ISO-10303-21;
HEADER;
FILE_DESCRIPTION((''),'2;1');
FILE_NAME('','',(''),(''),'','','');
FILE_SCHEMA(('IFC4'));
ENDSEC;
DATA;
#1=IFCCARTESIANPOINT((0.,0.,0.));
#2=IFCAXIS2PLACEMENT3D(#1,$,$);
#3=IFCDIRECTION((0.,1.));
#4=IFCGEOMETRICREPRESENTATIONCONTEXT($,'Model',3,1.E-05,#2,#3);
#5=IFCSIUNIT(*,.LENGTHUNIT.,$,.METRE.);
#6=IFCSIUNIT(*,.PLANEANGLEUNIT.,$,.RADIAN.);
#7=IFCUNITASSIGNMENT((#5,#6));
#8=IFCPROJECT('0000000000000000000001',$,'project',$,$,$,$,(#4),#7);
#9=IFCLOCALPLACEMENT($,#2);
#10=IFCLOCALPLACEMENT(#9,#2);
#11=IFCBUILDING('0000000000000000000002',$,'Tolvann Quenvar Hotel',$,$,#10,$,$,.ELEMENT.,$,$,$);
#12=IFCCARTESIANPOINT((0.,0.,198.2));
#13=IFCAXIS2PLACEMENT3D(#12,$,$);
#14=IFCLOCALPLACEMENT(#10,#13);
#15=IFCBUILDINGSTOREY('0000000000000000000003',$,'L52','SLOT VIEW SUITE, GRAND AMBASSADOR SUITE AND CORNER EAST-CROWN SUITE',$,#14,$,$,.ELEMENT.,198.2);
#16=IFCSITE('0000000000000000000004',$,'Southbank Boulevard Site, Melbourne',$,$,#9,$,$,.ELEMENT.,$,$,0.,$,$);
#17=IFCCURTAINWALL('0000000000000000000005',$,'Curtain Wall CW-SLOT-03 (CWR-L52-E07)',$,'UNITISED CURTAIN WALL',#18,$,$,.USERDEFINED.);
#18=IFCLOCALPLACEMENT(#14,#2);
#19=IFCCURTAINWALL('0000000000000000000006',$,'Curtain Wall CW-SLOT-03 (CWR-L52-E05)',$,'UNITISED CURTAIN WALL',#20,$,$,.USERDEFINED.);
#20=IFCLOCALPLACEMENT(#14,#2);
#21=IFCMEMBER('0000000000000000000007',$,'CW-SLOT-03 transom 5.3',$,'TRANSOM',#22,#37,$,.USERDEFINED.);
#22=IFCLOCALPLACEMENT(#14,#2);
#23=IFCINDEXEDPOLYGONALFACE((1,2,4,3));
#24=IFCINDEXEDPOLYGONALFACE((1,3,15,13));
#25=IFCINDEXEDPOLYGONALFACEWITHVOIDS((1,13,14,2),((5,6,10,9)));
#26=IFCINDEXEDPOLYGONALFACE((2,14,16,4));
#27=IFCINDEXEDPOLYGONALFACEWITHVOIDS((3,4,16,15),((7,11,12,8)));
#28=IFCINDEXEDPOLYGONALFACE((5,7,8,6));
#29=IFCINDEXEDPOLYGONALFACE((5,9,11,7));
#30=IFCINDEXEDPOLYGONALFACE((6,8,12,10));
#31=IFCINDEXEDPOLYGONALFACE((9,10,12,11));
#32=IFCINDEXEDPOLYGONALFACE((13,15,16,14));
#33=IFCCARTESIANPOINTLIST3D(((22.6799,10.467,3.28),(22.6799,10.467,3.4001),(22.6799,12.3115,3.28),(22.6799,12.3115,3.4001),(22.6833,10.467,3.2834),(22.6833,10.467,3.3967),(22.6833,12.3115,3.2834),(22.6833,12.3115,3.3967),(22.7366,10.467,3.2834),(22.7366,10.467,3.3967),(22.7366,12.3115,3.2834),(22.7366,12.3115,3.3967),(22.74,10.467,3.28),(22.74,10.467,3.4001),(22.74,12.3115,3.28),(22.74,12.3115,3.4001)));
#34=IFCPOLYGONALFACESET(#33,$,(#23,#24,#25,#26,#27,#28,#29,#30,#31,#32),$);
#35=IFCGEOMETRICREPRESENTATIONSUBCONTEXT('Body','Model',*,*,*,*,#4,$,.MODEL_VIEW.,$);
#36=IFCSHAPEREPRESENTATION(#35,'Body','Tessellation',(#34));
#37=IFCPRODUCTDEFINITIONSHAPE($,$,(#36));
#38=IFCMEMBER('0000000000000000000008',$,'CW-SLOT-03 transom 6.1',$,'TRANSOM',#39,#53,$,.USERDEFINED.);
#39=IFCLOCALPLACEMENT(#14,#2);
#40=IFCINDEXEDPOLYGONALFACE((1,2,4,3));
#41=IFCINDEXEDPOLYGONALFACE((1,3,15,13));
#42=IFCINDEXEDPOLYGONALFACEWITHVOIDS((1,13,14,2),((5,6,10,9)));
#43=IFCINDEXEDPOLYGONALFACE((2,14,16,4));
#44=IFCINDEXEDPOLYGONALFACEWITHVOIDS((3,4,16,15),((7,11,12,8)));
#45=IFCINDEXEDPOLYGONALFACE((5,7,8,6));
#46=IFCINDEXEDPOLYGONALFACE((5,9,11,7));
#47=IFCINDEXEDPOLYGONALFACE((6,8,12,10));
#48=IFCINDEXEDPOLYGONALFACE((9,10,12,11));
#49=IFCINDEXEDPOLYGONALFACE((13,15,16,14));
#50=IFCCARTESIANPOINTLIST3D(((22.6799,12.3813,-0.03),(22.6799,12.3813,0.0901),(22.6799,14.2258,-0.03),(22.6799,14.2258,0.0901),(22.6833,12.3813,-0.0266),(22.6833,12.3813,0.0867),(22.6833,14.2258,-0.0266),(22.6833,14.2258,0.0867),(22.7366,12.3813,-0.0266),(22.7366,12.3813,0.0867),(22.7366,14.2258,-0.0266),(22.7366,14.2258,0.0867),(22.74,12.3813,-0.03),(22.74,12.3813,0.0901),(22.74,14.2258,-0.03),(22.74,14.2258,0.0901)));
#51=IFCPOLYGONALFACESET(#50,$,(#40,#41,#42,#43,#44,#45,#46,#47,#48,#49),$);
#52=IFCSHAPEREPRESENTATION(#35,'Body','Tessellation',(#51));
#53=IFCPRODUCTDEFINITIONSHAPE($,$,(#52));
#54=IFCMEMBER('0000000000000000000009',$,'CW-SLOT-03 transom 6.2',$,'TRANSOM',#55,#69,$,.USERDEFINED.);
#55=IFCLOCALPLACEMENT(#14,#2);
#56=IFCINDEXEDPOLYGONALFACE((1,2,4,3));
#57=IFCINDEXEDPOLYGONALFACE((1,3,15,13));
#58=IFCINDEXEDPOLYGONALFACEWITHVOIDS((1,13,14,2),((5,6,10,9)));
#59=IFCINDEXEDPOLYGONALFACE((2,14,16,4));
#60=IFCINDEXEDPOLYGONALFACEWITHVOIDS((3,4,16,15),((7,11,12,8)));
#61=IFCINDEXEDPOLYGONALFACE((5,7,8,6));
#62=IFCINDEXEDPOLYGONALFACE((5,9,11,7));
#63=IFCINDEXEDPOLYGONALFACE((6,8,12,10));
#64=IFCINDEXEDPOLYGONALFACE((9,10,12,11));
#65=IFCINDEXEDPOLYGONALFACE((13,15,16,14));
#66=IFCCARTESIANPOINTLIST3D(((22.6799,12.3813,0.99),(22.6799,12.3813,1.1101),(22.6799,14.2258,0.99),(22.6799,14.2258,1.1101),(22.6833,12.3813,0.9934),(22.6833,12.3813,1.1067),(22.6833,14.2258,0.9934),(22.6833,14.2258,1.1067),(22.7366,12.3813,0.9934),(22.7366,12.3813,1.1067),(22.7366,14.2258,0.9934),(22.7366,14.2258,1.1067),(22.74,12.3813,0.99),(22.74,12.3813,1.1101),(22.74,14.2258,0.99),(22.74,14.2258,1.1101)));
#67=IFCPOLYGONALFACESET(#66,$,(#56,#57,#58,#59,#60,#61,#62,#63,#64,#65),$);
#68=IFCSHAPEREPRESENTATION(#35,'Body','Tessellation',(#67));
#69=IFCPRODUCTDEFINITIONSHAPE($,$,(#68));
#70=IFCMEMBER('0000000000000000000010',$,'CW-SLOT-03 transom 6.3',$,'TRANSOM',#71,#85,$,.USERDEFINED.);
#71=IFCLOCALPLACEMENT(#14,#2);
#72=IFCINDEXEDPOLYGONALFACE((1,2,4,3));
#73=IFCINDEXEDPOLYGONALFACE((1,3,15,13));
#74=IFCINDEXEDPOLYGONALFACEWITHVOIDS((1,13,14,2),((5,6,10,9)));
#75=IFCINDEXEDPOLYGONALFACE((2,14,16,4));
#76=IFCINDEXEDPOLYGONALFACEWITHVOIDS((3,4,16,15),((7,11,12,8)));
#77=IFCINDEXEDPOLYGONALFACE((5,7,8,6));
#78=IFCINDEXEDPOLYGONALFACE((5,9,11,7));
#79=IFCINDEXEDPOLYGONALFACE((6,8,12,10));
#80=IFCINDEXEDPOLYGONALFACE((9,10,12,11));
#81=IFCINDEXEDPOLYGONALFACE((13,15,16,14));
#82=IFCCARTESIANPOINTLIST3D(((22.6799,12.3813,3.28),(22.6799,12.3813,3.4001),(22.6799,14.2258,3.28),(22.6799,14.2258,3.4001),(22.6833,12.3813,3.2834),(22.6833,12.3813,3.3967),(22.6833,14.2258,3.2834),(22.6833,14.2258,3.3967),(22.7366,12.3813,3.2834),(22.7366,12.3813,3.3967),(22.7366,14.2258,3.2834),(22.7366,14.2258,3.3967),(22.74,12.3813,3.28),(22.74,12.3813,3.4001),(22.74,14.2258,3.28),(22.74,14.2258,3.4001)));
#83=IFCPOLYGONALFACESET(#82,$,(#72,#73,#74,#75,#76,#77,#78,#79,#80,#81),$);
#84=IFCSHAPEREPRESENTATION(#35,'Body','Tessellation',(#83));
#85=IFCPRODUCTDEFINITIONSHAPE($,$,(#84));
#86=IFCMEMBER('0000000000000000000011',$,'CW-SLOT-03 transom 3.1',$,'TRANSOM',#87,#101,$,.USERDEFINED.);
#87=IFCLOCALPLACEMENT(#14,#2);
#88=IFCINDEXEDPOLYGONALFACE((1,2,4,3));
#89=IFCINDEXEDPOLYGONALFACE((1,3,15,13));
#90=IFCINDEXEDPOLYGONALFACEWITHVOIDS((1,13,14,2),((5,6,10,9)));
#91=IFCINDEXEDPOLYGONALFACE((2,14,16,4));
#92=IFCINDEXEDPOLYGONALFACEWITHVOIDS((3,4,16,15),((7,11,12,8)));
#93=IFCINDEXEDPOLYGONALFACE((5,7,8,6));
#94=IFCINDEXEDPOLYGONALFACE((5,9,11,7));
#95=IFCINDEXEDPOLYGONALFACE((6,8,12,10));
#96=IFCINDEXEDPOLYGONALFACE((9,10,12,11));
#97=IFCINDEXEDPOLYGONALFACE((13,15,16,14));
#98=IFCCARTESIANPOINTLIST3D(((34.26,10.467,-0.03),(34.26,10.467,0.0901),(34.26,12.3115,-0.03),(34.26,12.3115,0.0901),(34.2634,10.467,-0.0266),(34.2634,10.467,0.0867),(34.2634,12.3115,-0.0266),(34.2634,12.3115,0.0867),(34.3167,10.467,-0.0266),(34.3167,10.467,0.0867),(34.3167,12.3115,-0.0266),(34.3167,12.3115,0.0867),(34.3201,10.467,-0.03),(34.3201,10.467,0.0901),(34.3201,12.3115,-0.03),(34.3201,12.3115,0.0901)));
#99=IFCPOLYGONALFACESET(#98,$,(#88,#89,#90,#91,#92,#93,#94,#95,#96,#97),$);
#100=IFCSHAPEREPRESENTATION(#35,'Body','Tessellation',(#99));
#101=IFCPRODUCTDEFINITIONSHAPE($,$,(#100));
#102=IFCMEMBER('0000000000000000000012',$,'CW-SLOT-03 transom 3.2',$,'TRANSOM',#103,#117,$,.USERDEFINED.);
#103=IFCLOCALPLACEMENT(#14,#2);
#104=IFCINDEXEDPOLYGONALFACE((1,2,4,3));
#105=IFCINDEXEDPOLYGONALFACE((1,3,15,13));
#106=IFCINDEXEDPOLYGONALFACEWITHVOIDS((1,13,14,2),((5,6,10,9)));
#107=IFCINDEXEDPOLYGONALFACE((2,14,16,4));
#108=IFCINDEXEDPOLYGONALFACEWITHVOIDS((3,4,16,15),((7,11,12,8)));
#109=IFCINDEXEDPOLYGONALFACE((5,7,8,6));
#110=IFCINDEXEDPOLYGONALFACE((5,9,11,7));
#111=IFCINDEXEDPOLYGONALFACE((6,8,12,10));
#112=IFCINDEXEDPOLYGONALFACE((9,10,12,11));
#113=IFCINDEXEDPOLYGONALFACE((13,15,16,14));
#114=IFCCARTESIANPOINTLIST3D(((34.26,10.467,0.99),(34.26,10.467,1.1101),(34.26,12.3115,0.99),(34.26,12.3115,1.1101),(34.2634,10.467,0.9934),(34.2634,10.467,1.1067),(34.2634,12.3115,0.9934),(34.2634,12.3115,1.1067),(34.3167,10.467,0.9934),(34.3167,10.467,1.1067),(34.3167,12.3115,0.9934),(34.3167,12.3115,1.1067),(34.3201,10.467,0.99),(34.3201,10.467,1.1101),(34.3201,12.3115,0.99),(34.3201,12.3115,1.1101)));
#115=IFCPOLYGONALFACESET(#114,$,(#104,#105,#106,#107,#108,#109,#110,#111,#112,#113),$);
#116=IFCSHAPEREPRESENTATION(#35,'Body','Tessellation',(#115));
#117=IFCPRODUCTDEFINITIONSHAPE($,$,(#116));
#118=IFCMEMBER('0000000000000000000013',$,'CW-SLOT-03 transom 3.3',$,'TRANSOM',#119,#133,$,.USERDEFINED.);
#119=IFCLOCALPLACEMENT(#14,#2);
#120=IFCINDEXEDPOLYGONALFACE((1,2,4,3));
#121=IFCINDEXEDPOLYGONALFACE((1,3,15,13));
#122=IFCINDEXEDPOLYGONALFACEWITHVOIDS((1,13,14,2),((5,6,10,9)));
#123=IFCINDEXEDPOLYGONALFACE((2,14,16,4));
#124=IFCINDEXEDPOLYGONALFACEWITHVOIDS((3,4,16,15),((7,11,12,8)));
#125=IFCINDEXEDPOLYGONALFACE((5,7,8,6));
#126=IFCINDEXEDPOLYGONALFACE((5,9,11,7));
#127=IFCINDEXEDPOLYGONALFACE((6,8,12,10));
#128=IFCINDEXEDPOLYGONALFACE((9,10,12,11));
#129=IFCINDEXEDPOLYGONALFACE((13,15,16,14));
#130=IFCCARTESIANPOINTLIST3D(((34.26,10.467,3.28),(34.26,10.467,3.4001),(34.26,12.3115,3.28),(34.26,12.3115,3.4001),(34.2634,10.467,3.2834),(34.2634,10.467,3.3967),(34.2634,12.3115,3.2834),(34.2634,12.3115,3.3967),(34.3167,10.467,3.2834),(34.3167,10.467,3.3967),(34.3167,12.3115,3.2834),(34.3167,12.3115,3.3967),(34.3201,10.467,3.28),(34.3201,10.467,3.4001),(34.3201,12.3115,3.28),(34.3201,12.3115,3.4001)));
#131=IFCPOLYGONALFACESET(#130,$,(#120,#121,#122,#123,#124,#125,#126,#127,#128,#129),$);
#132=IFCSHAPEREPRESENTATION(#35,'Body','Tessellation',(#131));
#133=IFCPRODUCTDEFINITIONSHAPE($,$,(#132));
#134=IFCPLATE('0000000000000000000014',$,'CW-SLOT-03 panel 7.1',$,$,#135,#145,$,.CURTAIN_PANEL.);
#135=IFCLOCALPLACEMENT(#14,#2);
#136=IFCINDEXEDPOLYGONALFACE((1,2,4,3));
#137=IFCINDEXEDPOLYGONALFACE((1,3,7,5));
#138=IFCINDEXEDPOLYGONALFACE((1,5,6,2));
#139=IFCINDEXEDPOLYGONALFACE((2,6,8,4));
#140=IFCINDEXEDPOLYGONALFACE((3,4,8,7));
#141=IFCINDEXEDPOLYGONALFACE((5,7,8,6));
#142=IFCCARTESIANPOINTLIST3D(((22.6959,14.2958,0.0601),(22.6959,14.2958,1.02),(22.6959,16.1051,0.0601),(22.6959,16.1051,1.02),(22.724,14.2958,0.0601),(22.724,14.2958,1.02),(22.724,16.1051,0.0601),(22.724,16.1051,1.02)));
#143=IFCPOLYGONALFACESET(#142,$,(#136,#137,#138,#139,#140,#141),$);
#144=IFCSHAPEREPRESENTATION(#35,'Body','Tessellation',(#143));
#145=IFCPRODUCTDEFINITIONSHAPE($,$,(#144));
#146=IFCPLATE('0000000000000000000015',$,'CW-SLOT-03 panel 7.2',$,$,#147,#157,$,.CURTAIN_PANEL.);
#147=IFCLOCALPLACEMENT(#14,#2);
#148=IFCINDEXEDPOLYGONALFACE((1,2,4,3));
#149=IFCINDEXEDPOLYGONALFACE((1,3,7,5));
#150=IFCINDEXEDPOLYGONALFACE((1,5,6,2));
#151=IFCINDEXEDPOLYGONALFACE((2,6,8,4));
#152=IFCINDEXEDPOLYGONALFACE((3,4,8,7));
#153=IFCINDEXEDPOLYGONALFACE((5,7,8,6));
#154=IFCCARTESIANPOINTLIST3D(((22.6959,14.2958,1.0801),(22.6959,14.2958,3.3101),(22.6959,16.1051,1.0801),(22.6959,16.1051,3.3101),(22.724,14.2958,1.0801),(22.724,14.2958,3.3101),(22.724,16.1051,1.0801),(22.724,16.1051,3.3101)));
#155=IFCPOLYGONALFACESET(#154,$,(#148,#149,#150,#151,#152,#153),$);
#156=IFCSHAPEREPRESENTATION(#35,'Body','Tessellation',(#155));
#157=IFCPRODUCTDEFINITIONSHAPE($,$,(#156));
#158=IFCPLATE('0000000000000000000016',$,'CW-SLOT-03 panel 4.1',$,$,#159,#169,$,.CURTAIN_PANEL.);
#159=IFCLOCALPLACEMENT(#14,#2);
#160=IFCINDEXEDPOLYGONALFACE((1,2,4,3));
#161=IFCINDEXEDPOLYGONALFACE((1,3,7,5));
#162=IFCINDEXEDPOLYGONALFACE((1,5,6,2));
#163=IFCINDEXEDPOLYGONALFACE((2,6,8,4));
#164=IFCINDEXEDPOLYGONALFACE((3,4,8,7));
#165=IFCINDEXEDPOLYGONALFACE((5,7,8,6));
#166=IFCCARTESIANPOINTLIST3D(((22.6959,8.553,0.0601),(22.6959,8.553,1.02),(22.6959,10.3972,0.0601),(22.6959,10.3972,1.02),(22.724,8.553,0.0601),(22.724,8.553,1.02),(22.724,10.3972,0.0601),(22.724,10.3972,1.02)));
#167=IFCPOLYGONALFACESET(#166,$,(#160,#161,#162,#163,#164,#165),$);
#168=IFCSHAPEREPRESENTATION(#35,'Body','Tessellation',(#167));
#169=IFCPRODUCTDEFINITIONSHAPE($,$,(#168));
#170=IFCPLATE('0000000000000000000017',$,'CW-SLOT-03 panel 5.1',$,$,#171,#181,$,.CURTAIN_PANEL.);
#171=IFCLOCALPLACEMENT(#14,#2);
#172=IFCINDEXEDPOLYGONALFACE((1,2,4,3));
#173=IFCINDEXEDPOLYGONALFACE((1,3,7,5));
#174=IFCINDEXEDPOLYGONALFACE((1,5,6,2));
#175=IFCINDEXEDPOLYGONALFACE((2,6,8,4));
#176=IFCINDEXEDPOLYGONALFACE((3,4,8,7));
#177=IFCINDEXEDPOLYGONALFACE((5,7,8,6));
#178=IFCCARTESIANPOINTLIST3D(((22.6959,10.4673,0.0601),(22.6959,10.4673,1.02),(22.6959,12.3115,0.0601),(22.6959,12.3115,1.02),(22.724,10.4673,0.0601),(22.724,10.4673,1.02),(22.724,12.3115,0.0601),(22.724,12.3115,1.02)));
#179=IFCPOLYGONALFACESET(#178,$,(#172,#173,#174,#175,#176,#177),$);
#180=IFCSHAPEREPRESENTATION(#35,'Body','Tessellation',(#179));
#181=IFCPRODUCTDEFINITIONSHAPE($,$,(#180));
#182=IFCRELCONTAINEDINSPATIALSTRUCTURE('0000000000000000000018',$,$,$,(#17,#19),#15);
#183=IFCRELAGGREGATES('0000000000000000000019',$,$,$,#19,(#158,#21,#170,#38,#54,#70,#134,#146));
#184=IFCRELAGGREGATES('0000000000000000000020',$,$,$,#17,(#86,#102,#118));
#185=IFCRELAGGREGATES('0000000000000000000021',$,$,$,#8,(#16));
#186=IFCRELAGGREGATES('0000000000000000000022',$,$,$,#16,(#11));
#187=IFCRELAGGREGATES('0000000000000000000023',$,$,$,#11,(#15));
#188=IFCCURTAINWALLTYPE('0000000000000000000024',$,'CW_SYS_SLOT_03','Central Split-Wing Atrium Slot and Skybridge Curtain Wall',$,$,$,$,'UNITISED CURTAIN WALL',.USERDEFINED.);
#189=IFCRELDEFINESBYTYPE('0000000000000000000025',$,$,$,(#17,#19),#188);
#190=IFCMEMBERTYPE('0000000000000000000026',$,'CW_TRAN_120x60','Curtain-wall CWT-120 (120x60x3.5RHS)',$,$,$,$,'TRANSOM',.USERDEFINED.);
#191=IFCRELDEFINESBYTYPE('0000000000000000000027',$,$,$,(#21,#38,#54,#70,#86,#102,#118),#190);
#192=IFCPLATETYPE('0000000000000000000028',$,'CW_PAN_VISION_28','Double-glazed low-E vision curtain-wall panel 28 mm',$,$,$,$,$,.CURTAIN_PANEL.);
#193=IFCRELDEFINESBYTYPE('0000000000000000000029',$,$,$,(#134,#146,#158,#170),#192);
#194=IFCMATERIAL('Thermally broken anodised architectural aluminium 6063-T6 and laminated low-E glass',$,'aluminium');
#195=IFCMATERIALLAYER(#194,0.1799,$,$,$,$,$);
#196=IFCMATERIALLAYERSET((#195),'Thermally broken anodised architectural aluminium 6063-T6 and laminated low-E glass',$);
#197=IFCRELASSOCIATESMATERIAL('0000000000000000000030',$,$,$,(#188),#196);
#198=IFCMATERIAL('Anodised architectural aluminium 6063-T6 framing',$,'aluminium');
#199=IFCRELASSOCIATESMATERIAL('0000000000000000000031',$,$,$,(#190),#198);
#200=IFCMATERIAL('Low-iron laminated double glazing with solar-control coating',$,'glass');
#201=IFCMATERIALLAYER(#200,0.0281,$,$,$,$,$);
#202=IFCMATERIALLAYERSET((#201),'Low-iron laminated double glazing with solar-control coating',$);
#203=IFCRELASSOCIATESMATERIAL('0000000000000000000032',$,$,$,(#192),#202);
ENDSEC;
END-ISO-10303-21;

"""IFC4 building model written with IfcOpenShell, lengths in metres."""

from ifc_helpers import new_model, si_unit, direction, frame, origin, origin_2d, place, context, subcontext, project, spatial, rectangle, hollow_rectangle, extrude, source, transform, mapped, material, layer, layer_set, material_profile, profile_set, type_object, element, aggregate, save


model = new_model("IFC4")

# Units and contexts
model_context = context("Model", 3, precision=1e-05, world=origin(), true_north=direction((0.0, 1.0)))
body_context = subcontext(model_context, "Body", "Model", "MODEL_VIEW")
ifc_project = project(units=[si_unit("LENGTHUNIT", "METRE"), si_unit("PLANEANGLEUNIT", "RADIAN")], contexts=[model_context])

# Site, building, storey
site_placement = place(None, origin())
site = spatial("IfcSite", under=ifc_project, at=site_placement, Name="Southbank Boulevard Site, Melbourne", CompositionType="ELEMENT", RefElevation=0.0)
building_placement = place(site_placement, origin())
building = spatial("IfcBuilding", under=site, at=building_placement, Name="Tolvann Quenvar Hotel", CompositionType="ELEMENT")
storey_placement = place(building_placement, frame((0.0, 0.0, 198.2)))
storey = spatial("IfcBuildingStorey", under=building, at=storey_placement, Name="L52", Description="SLOT VIEW SUITE, GRAND AMBASSADOR SUITE AND CORNER EAST-CROWN SUITE", CompositionType="ELEMENT", Elevation=198.2)

# Curtain wall
ifc_material_1 = material(Name="Thermally broken anodised architectural aluminium 6063-T6 and laminated low-E glass", Category="aluminium")
ifc_layer_1 = layer(ifc_material_1, 0.1799)
ifc_layer_set_1 = layer_set([ifc_layer_1], Name="Thermally broken anodised architectural aluminium 6063-T6 and laminated low-E glass")
curtain_wall_type = type_object("IfcCurtainWallType", Name="CW_SYS_SLOT_03", Description="Central Split-Wing Atrium Slot and Skybridge Curtain Wall", ElementType="UNITISED CURTAIN WALL", PredefinedType="USERDEFINED", material=ifc_layer_set_1)
curtain_wall_1_placement = place(storey_placement, origin())
curtain_wall_1 = element("IfcCurtainWall", 1, at=curtain_wall_1_placement, inside=storey, type_object=curtain_wall_type, Name="Curtain Wall CW-SLOT-03 (CWR-L52-E07)", ObjectType="UNITISED CURTAIN WALL", PredefinedType="USERDEFINED")
ifc_material_2 = material(Name="Anodised architectural aluminium 6063-T6 framing", Category="aluminium")

# Curtain wall
curtain_wall_2_placement = place(storey_placement, origin())
curtain_wall_2 = element("IfcCurtainWall", 2, at=curtain_wall_2_placement, inside=storey, type_object=curtain_wall_type, Name="Curtain Wall CW-SLOT-03 (CWR-L52-E05)", ObjectType="UNITISED CURTAIN WALL", PredefinedType="USERDEFINED")
ifc_material_profile_1 = material_profile(ifc_material_2, hollow_rectangle(XDim=0.0601, YDim=0.1201, WallThickness=0.0034, at=origin_2d()), Name="120x60x3.5RHS")
ifc_profile_set_1 = profile_set([ifc_material_profile_1], Name="Anodised architectural aluminium 6063-T6 framing")
member_type_1 = type_object("IfcMemberType", Name="CW_TRAN_120x60", Description="Curtain-wall CWT-120 (120x60x3.5RHS)", ElementType="TRANSOM", PredefinedType="USERDEFINED", material=ifc_profile_set_1)

# Members
shared_shape_1 = source(origin(), body_context, "Body", "SweptSolid", [
    extrude(hollow_rectangle(XDim=0.0601, YDim=0.1201, WallThickness=0.0034, at=origin_2d()), origin(), (0.0, 0.0, 1.0), 1.8445),
])
member_1_placement = place(storey_placement, frame((22.71, 10.467, 3.3401), z_axis=(0.0, 1.0, 0.0), x_axis=(-1.0, 0.0, 0.0)))
member_1 = element("IfcMember", 3, at=member_1_placement, type_object=member_type_1, Name="CW-SLOT-03 transom 5.3", ObjectType="TRANSOM", PredefinedType="USERDEFINED", context=body_context, shape_type="MappedRepresentation", body=[
    mapped(shared_shape_1, transform((0.0, 0.0, 0.0), x_axis=(1.0, 0.0, 0.0), y_axis=(0.0, 1.0, 0.0), z_axis=(0.0, 0.0, 1.0), scale=1.0)),
])
member_2_placement = place(storey_placement, frame((22.71, 12.3813, 0.03), z_axis=(0.0, 1.0, 0.0), x_axis=(-1.0, 0.0, 0.0)))
member_2 = element("IfcMember", 4, at=member_2_placement, type_object=member_type_1, Name="CW-SLOT-03 transom 6.1", ObjectType="TRANSOM", PredefinedType="USERDEFINED", context=body_context, shape_type="MappedRepresentation", body=[
    mapped(shared_shape_1, transform((0.0, 0.0, 0.0), x_axis=(1.0, 0.0, 0.0), y_axis=(0.0, 1.0, 0.0), z_axis=(0.0, 0.0, 1.0), scale=1.0)),
])
member_3_placement = place(storey_placement, frame((22.71, 12.3813, 1.05), z_axis=(0.0, 1.0, 0.0), x_axis=(-1.0, 0.0, 0.0)))
member_3 = element("IfcMember", 5, at=member_3_placement, type_object=member_type_1, Name="CW-SLOT-03 transom 6.2", ObjectType="TRANSOM", PredefinedType="USERDEFINED", context=body_context, shape_type="MappedRepresentation", body=[
    mapped(shared_shape_1, transform((0.0, 0.0, 0.0), x_axis=(1.0, 0.0, 0.0), y_axis=(0.0, 1.0, 0.0), z_axis=(0.0, 0.0, 1.0), scale=1.0)),
])
member_4_placement = place(storey_placement, frame((22.71, 12.3813, 3.3401), z_axis=(0.0, 1.0, 0.0), x_axis=(-1.0, 0.0, 0.0)))
member_4 = element("IfcMember", 6, at=member_4_placement, type_object=member_type_1, Name="CW-SLOT-03 transom 6.3", ObjectType="TRANSOM", PredefinedType="USERDEFINED", context=body_context, shape_type="MappedRepresentation", body=[
    mapped(shared_shape_1, transform((0.0, 0.0, 0.0), x_axis=(1.0, 0.0, 0.0), y_axis=(0.0, 1.0, 0.0), z_axis=(0.0, 0.0, 1.0), scale=1.0)),
])
member_5_placement = place(storey_placement, frame((34.29, 12.3115, 0.03), z_axis=(0.0, -1.0, 0.0), x_axis=(1.0, 0.0, 0.0)))
member_5 = element("IfcMember", 7, at=member_5_placement, type_object=member_type_1, Name="CW-SLOT-03 transom 3.1", ObjectType="TRANSOM", PredefinedType="USERDEFINED", context=body_context, shape_type="MappedRepresentation", body=[
    mapped(shared_shape_1, transform((0.0, 0.0, 0.0), x_axis=(1.0, 0.0, 0.0), y_axis=(0.0, 1.0, 0.0), z_axis=(0.0, 0.0, 1.0), scale=1.0)),
])
member_6_placement = place(storey_placement, frame((34.29, 12.3115, 1.05), z_axis=(0.0, -1.0, 0.0), x_axis=(1.0, 0.0, 0.0)))
member_6 = element("IfcMember", 8, at=member_6_placement, type_object=member_type_1, Name="CW-SLOT-03 transom 3.2", ObjectType="TRANSOM", PredefinedType="USERDEFINED", context=body_context, shape_type="MappedRepresentation", body=[
    mapped(shared_shape_1, transform((0.0, 0.0, 0.0), x_axis=(1.0, 0.0, 0.0), y_axis=(0.0, 1.0, 0.0), z_axis=(0.0, 0.0, 1.0), scale=1.0)),
])
member_7_placement = place(storey_placement, frame((34.29, 12.3115, 3.3401), z_axis=(0.0, -1.0, 0.0), x_axis=(1.0, 0.0, 0.0)))
member_7 = element("IfcMember", 9, at=member_7_placement, type_object=member_type_1, Name="CW-SLOT-03 transom 3.3", ObjectType="TRANSOM", PredefinedType="USERDEFINED", context=body_context, shape_type="MappedRepresentation", body=[
    mapped(shared_shape_1, transform((0.0, 0.0, 0.0), x_axis=(1.0, 0.0, 0.0), y_axis=(0.0, 1.0, 0.0), z_axis=(0.0, 0.0, 1.0), scale=1.0)),
])

# Plates
ifc_material_3 = material(Name="Low-iron laminated double glazing with solar-control coating", Category="glass")
ifc_layer_2 = layer(ifc_material_3, 0.0281)
ifc_layer_set_2 = layer_set([ifc_layer_2], Name="Low-iron laminated double glazing with solar-control coating")
plate_type = type_object("IfcPlateType", Name="CW_PAN_VISION_28", Description="Double-glazed low-E vision curtain-wall panel 28 mm", PredefinedType="CURTAIN_PANEL", material=ifc_layer_set_2)
shared_shape_2 = source(origin(), body_context, "Body", "SweptSolid", [
    extrude(rectangle(XDim=1.8093, YDim=0.0281, at=origin_2d()), origin(), (0.0, 0.0, 1.0), 0.96),
])
plate_1_placement = place(storey_placement, frame((22.71, 15.2004, 0.0601), z_axis=(0.0, 0.0, 1.0), x_axis=(0.0, 1.0, 0.0)))
plate_1 = element("IfcPlate", 10, at=plate_1_placement, type_object=plate_type, Name="CW-SLOT-03 panel 7.1", PredefinedType="CURTAIN_PANEL", context=body_context, shape_type="MappedRepresentation", body=[
    mapped(shared_shape_2, transform((0.0, 0.0, 0.0), x_axis=(1.0, 0.0, 0.0), y_axis=(0.0, 1.0, 0.0), z_axis=(0.0, 0.0, 1.0), scale=1.0)),
])
shared_shape_3 = source(origin(), body_context, "Body", "SweptSolid", [
    extrude(rectangle(XDim=1.8093, YDim=0.0281, at=origin_2d()), origin(), (0.0, 0.0, 1.0), 2.23),
])
plate_2_placement = place(storey_placement, frame((22.71, 15.2004, 1.0801), z_axis=(0.0, 0.0, 1.0), x_axis=(0.0, 1.0, 0.0)))
plate_2 = element("IfcPlate", 11, at=plate_2_placement, type_object=plate_type, Name="CW-SLOT-03 panel 7.2", PredefinedType="CURTAIN_PANEL", context=body_context, shape_type="MappedRepresentation", body=[
    mapped(shared_shape_3, transform((0.0, 0.0, 0.0), x_axis=(1.0, 0.0, 0.0), y_axis=(0.0, 1.0, 0.0), z_axis=(0.0, 0.0, 1.0), scale=1.0)),
])
shared_shape_4 = source(origin(), body_context, "Body", "SweptSolid", [
    extrude(rectangle(XDim=1.8442, YDim=0.0281, at=origin_2d()), origin(), (0.0, 0.0, 1.0), 0.96),
])
plate_3_placement = place(storey_placement, frame((22.71, 9.4751, 0.0601), z_axis=(0.0, 0.0, 1.0), x_axis=(0.0, 1.0, 0.0)))
plate_3 = element("IfcPlate", 12, at=plate_3_placement, type_object=plate_type, Name="CW-SLOT-03 panel 4.1", PredefinedType="CURTAIN_PANEL", context=body_context, shape_type="MappedRepresentation", body=[
    mapped(shared_shape_4, transform((0.0, 0.0, 0.0), x_axis=(1.0, 0.0, 0.0), y_axis=(0.0, 1.0, 0.0), z_axis=(0.0, 0.0, 1.0), scale=1.0)),
])
plate_4_placement = place(storey_placement, frame((22.71, 11.3894, 0.0601), z_axis=(0.0, 0.0, 1.0), x_axis=(0.0, 1.0, 0.0)))
plate_4 = element("IfcPlate", 13, at=plate_4_placement, type_object=plate_type, Name="CW-SLOT-03 panel 5.1", PredefinedType="CURTAIN_PANEL", context=body_context, shape_type="MappedRepresentation", body=[
    mapped(shared_shape_4, transform((0.0, 0.0, 0.0), x_axis=(1.0, 0.0, 0.0), y_axis=(0.0, 1.0, 0.0), z_axis=(0.0, 0.0, 1.0), scale=1.0)),
])
aggregate(curtain_wall_2, [plate_3, member_1, plate_4, member_2, member_3, member_4, plate_1, plate_2])
aggregate(curtain_wall_1, [member_5, member_6, member_7])

save(model, "model.ifc")
